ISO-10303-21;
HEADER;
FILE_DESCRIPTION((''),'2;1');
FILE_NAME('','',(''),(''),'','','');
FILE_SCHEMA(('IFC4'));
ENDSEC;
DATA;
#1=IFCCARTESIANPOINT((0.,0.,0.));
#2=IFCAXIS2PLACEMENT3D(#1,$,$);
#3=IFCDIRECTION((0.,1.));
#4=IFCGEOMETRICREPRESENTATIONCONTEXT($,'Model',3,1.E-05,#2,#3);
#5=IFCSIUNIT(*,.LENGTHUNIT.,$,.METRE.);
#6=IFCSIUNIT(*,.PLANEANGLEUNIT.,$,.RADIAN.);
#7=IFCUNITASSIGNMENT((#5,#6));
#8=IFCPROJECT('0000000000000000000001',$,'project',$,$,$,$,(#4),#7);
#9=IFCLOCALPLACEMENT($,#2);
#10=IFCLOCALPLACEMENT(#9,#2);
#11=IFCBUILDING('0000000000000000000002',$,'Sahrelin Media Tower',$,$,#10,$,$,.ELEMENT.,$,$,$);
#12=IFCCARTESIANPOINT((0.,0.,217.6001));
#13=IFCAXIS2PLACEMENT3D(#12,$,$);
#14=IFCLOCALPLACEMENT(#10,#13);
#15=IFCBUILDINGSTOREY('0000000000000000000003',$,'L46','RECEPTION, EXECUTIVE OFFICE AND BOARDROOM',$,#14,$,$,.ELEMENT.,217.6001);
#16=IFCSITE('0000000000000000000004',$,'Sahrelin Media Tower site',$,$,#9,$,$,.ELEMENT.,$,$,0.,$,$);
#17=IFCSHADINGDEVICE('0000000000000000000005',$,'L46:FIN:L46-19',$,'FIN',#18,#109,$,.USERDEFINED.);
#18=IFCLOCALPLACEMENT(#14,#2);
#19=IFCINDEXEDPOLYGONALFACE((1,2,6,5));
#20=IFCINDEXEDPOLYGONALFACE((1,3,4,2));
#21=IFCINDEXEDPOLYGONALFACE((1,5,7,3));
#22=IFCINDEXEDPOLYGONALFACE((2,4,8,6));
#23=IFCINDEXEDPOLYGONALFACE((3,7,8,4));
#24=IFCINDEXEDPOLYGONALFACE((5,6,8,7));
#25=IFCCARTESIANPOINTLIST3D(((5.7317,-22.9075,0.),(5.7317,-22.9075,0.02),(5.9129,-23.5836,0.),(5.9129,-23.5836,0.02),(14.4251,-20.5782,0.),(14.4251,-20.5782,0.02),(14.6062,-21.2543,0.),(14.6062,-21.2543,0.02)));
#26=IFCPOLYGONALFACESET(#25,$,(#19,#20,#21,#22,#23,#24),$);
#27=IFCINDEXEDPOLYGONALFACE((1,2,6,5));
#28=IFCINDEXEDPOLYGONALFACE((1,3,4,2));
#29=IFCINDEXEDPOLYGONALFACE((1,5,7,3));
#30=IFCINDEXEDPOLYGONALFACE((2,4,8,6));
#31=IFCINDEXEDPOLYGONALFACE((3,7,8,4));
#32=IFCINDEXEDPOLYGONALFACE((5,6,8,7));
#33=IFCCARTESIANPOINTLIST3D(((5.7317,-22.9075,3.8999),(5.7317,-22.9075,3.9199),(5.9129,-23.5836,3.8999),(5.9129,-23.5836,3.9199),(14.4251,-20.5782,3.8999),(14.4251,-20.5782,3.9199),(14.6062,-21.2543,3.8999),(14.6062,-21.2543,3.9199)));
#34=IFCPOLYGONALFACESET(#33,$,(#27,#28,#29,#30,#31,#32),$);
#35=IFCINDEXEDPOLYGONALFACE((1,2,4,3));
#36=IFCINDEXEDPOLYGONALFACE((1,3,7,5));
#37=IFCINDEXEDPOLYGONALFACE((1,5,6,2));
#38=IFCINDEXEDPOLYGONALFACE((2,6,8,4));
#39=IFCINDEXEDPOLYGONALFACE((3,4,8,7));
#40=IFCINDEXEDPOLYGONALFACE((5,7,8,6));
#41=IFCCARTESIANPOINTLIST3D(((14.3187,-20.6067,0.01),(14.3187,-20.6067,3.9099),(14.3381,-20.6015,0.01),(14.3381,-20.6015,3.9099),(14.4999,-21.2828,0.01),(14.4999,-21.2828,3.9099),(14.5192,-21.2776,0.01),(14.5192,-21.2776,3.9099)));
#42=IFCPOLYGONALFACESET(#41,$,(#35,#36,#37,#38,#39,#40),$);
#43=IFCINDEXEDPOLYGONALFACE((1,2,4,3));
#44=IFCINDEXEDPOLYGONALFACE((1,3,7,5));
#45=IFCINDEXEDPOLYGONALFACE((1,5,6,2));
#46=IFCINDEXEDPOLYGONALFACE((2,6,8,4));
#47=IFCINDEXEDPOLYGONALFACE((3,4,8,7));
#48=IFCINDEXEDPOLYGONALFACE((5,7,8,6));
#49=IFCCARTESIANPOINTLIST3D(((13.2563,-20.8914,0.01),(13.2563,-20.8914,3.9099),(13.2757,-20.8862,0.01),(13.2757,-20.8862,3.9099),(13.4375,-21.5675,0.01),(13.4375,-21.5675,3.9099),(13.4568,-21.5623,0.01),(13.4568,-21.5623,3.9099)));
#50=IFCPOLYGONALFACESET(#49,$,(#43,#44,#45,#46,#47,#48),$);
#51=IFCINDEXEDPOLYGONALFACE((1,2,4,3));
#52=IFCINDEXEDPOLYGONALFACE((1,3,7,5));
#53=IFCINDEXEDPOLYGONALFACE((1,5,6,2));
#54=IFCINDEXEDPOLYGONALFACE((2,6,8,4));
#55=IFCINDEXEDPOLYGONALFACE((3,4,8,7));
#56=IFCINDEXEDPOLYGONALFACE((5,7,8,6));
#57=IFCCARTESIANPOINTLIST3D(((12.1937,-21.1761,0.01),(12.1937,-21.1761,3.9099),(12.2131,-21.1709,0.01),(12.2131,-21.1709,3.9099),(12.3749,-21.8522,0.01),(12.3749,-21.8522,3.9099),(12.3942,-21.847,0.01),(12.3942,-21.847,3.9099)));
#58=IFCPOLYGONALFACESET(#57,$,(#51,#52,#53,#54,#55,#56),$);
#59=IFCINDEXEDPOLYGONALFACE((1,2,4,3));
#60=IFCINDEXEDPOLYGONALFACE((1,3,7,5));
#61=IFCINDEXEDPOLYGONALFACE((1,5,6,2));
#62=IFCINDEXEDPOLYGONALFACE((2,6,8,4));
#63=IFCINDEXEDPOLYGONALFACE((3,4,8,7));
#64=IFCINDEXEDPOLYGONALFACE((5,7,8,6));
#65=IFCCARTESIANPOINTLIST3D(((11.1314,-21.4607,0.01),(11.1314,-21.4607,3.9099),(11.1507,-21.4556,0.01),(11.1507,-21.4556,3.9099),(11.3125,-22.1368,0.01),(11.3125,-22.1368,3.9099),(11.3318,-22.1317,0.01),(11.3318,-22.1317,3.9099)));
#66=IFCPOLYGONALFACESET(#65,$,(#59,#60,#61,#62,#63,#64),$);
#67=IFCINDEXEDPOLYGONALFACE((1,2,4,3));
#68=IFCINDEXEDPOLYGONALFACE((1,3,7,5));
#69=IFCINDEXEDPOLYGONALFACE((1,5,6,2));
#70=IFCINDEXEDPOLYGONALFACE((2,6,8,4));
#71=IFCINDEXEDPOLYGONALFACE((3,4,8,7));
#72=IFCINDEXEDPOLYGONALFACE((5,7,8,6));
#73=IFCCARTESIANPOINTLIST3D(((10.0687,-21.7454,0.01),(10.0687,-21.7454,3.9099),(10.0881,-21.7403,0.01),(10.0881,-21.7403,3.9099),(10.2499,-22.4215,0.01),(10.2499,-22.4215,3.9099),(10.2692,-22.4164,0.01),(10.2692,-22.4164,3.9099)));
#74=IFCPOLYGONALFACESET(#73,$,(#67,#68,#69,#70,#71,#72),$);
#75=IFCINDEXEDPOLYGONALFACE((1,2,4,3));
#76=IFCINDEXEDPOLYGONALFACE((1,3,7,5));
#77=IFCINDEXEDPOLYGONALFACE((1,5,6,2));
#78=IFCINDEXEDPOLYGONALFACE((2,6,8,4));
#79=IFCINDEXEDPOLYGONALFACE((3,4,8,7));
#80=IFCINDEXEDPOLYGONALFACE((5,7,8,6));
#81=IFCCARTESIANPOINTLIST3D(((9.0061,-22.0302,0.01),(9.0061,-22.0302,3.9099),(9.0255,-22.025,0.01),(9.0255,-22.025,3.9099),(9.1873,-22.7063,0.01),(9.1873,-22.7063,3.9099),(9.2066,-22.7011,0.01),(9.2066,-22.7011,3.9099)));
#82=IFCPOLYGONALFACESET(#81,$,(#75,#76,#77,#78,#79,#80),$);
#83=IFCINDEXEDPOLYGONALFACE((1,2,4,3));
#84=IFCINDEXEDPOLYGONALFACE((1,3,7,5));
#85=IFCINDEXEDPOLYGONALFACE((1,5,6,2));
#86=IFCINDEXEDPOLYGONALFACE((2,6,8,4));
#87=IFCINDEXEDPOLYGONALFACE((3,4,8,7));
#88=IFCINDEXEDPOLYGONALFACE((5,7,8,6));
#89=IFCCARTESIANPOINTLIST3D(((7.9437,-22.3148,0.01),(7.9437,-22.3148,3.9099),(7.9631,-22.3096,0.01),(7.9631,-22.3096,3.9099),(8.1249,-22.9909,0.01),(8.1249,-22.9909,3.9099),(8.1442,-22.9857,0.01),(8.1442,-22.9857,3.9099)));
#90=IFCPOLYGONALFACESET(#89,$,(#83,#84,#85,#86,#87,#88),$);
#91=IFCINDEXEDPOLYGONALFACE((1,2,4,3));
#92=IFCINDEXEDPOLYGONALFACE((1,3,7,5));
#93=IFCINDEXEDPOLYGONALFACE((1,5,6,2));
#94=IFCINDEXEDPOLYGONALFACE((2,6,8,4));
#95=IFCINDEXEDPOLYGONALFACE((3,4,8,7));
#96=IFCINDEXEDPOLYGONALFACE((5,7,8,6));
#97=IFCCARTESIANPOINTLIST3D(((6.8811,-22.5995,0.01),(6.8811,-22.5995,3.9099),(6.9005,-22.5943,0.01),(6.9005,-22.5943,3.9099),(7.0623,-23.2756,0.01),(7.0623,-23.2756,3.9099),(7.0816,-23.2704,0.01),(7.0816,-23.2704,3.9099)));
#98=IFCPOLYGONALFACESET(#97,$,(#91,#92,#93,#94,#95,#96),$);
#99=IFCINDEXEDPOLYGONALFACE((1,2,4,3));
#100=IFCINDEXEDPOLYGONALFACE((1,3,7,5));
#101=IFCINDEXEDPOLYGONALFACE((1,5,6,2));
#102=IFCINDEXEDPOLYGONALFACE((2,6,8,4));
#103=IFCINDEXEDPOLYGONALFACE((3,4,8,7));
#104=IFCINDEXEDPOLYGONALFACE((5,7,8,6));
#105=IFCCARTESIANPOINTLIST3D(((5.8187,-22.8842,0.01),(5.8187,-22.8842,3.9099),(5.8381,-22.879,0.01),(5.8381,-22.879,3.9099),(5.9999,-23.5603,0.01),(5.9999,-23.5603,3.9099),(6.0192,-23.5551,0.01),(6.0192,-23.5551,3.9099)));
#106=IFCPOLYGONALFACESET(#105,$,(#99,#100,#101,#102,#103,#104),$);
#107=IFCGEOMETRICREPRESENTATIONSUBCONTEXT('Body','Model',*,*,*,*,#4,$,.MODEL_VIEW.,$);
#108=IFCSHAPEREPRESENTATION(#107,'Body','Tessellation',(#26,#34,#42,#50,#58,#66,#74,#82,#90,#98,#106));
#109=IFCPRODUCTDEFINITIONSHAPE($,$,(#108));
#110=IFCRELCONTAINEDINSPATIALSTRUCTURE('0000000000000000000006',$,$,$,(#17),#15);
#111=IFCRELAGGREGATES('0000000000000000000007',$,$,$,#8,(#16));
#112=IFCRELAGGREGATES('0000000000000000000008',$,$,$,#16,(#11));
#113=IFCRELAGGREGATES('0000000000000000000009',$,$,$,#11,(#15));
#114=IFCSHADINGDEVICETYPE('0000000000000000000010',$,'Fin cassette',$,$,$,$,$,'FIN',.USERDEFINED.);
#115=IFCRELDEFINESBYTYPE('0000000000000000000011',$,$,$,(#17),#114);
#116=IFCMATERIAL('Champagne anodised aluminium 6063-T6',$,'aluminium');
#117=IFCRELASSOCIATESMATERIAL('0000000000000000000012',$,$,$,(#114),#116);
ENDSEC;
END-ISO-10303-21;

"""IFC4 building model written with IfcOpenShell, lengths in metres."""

from ifc_helpers import new_model, si_unit, direction, frame, origin, origin_2d, place, context, subcontext, project, spatial, rectangle, extrude, material, type_object, element, save


model = new_model("IFC4")

# Units and contexts
model_context = context("Model", 3, precision=1e-05, world=origin(), true_north=direction((0.0, 1.0)))
body_context = subcontext(model_context, "Body", "Model", "MODEL_VIEW")
ifc_project = project(units=[si_unit("LENGTHUNIT", "METRE"), si_unit("PLANEANGLEUNIT", "RADIAN")], contexts=[model_context])

# Site, building, storey
site_placement = place(None, origin())
site = spatial("IfcSite", under=ifc_project, at=site_placement, Name="Sahrelin Media Tower site", CompositionType="ELEMENT", RefElevation=0.0)
building_placement = place(site_placement, origin())
building = spatial("IfcBuilding", under=site, at=building_placement, Name="Sahrelin Media Tower", CompositionType="ELEMENT")
storey_placement = place(building_placement, frame((0.0, 0.0, 217.6001)))
storey = spatial("IfcBuildingStorey", under=building, at=storey_placement, Name="L46", Description="RECEPTION, EXECUTIVE OFFICE AND BOARDROOM", CompositionType="ELEMENT", Elevation=217.6001)

# Shared definitions
ifc_material_1 = material(Name="Champagne anodised aluminium 6063-T6", Category="aluminium")

# Shading device
shading_device_type_1 = type_object("IfcShadingDeviceType", Name="Fin cassette", ElementType="FIN", PredefinedType="USERDEFINED", material=ifc_material_1)
placement_1 = place(storey_placement, frame((10.0603, -21.6753, 0.0), z_axis=(0.0, 0.0, 1.0), x_axis=(-0.965929, -0.258808, 0.0)))
element("IfcShadingDevice", 1, at=placement_1, inside=storey, type_object=shading_device_type_1, Name="L46:FIN:L46-19", ObjectType="FIN", PredefinedType="USERDEFINED", context=body_context, shape_type="SweptSolid", body=[
    extrude(rectangle(XDim=9.0, YDim=0.7, at=origin_2d()), frame((0.0, 0.4199, 0.0)), (0.0, 0.0, 1.0), 0.02),
    extrude(rectangle(XDim=9.0, YDim=0.7, at=origin_2d()), frame((0.0, 0.4199, 3.8999)), (0.0, 0.0, 1.0), 0.02),
    extrude(rectangle(XDim=0.02, YDim=0.7, at=origin_2d()), frame((-4.3999, 0.4199, 0.01), z_axis=(0.0, 0.0, 1.0), x_axis=(1.0, 0.0, 0.0)), (0.0, 0.0, 1.0), 3.8999),
    extrude(rectangle(XDim=0.02, YDim=0.7, at=origin_2d()), frame((-3.3, 0.4199, 0.01), z_axis=(0.0, 0.0, 1.0), x_axis=(1.0, 0.0, 0.0)), (0.0, 0.0, 1.0), 3.8999),
    extrude(rectangle(XDim=0.02, YDim=0.7, at=origin_2d()), frame((-2.2, 0.4199, 0.01), z_axis=(0.0, 0.0, 1.0), x_axis=(1.0, 0.0, 0.0)), (0.0, 0.0, 1.0), 3.8999),
    extrude(rectangle(XDim=0.02, YDim=0.7, at=origin_2d()), frame((-1.1001, 0.4199, 0.01), z_axis=(0.0, 0.0, 1.0), x_axis=(1.0, 0.0, 0.0)), (0.0, 0.0, 1.0), 3.8999),
    extrude(rectangle(XDim=0.02, YDim=0.7, at=origin_2d()), frame((0.0, 0.4199, 0.01), z_axis=(0.0, 0.0, 1.0), x_axis=(1.0, 0.0, 0.0)), (0.0, 0.0, 1.0), 3.8999),
    extrude(rectangle(XDim=0.02, YDim=0.7, at=origin_2d()), frame((1.1001, 0.4199, 0.01), z_axis=(0.0, 0.0, 1.0), x_axis=(1.0, 0.0, 0.0)), (0.0, 0.0, 1.0), 3.8999),
    extrude(rectangle(XDim=0.02, YDim=0.7, at=origin_2d()), frame((2.2, 0.4199, 0.01), z_axis=(0.0, 0.0, 1.0), x_axis=(1.0, 0.0, 0.0)), (0.0, 0.0, 1.0), 3.8999),
    extrude(rectangle(XDim=0.02, YDim=0.7, at=origin_2d()), frame((3.3, 0.4199, 0.01), z_axis=(0.0, 0.0, 1.0), x_axis=(1.0, 0.0, 0.0)), (0.0, 0.0, 1.0), 3.8999),
    extrude(rectangle(XDim=0.02, YDim=0.7, at=origin_2d()), frame((4.3999, 0.4199, 0.01), z_axis=(0.0, 0.0, 1.0), x_axis=(1.0, 0.0, 0.0)), (0.0, 0.0, 1.0), 3.8999),
])

save(model, "model.ifc")
